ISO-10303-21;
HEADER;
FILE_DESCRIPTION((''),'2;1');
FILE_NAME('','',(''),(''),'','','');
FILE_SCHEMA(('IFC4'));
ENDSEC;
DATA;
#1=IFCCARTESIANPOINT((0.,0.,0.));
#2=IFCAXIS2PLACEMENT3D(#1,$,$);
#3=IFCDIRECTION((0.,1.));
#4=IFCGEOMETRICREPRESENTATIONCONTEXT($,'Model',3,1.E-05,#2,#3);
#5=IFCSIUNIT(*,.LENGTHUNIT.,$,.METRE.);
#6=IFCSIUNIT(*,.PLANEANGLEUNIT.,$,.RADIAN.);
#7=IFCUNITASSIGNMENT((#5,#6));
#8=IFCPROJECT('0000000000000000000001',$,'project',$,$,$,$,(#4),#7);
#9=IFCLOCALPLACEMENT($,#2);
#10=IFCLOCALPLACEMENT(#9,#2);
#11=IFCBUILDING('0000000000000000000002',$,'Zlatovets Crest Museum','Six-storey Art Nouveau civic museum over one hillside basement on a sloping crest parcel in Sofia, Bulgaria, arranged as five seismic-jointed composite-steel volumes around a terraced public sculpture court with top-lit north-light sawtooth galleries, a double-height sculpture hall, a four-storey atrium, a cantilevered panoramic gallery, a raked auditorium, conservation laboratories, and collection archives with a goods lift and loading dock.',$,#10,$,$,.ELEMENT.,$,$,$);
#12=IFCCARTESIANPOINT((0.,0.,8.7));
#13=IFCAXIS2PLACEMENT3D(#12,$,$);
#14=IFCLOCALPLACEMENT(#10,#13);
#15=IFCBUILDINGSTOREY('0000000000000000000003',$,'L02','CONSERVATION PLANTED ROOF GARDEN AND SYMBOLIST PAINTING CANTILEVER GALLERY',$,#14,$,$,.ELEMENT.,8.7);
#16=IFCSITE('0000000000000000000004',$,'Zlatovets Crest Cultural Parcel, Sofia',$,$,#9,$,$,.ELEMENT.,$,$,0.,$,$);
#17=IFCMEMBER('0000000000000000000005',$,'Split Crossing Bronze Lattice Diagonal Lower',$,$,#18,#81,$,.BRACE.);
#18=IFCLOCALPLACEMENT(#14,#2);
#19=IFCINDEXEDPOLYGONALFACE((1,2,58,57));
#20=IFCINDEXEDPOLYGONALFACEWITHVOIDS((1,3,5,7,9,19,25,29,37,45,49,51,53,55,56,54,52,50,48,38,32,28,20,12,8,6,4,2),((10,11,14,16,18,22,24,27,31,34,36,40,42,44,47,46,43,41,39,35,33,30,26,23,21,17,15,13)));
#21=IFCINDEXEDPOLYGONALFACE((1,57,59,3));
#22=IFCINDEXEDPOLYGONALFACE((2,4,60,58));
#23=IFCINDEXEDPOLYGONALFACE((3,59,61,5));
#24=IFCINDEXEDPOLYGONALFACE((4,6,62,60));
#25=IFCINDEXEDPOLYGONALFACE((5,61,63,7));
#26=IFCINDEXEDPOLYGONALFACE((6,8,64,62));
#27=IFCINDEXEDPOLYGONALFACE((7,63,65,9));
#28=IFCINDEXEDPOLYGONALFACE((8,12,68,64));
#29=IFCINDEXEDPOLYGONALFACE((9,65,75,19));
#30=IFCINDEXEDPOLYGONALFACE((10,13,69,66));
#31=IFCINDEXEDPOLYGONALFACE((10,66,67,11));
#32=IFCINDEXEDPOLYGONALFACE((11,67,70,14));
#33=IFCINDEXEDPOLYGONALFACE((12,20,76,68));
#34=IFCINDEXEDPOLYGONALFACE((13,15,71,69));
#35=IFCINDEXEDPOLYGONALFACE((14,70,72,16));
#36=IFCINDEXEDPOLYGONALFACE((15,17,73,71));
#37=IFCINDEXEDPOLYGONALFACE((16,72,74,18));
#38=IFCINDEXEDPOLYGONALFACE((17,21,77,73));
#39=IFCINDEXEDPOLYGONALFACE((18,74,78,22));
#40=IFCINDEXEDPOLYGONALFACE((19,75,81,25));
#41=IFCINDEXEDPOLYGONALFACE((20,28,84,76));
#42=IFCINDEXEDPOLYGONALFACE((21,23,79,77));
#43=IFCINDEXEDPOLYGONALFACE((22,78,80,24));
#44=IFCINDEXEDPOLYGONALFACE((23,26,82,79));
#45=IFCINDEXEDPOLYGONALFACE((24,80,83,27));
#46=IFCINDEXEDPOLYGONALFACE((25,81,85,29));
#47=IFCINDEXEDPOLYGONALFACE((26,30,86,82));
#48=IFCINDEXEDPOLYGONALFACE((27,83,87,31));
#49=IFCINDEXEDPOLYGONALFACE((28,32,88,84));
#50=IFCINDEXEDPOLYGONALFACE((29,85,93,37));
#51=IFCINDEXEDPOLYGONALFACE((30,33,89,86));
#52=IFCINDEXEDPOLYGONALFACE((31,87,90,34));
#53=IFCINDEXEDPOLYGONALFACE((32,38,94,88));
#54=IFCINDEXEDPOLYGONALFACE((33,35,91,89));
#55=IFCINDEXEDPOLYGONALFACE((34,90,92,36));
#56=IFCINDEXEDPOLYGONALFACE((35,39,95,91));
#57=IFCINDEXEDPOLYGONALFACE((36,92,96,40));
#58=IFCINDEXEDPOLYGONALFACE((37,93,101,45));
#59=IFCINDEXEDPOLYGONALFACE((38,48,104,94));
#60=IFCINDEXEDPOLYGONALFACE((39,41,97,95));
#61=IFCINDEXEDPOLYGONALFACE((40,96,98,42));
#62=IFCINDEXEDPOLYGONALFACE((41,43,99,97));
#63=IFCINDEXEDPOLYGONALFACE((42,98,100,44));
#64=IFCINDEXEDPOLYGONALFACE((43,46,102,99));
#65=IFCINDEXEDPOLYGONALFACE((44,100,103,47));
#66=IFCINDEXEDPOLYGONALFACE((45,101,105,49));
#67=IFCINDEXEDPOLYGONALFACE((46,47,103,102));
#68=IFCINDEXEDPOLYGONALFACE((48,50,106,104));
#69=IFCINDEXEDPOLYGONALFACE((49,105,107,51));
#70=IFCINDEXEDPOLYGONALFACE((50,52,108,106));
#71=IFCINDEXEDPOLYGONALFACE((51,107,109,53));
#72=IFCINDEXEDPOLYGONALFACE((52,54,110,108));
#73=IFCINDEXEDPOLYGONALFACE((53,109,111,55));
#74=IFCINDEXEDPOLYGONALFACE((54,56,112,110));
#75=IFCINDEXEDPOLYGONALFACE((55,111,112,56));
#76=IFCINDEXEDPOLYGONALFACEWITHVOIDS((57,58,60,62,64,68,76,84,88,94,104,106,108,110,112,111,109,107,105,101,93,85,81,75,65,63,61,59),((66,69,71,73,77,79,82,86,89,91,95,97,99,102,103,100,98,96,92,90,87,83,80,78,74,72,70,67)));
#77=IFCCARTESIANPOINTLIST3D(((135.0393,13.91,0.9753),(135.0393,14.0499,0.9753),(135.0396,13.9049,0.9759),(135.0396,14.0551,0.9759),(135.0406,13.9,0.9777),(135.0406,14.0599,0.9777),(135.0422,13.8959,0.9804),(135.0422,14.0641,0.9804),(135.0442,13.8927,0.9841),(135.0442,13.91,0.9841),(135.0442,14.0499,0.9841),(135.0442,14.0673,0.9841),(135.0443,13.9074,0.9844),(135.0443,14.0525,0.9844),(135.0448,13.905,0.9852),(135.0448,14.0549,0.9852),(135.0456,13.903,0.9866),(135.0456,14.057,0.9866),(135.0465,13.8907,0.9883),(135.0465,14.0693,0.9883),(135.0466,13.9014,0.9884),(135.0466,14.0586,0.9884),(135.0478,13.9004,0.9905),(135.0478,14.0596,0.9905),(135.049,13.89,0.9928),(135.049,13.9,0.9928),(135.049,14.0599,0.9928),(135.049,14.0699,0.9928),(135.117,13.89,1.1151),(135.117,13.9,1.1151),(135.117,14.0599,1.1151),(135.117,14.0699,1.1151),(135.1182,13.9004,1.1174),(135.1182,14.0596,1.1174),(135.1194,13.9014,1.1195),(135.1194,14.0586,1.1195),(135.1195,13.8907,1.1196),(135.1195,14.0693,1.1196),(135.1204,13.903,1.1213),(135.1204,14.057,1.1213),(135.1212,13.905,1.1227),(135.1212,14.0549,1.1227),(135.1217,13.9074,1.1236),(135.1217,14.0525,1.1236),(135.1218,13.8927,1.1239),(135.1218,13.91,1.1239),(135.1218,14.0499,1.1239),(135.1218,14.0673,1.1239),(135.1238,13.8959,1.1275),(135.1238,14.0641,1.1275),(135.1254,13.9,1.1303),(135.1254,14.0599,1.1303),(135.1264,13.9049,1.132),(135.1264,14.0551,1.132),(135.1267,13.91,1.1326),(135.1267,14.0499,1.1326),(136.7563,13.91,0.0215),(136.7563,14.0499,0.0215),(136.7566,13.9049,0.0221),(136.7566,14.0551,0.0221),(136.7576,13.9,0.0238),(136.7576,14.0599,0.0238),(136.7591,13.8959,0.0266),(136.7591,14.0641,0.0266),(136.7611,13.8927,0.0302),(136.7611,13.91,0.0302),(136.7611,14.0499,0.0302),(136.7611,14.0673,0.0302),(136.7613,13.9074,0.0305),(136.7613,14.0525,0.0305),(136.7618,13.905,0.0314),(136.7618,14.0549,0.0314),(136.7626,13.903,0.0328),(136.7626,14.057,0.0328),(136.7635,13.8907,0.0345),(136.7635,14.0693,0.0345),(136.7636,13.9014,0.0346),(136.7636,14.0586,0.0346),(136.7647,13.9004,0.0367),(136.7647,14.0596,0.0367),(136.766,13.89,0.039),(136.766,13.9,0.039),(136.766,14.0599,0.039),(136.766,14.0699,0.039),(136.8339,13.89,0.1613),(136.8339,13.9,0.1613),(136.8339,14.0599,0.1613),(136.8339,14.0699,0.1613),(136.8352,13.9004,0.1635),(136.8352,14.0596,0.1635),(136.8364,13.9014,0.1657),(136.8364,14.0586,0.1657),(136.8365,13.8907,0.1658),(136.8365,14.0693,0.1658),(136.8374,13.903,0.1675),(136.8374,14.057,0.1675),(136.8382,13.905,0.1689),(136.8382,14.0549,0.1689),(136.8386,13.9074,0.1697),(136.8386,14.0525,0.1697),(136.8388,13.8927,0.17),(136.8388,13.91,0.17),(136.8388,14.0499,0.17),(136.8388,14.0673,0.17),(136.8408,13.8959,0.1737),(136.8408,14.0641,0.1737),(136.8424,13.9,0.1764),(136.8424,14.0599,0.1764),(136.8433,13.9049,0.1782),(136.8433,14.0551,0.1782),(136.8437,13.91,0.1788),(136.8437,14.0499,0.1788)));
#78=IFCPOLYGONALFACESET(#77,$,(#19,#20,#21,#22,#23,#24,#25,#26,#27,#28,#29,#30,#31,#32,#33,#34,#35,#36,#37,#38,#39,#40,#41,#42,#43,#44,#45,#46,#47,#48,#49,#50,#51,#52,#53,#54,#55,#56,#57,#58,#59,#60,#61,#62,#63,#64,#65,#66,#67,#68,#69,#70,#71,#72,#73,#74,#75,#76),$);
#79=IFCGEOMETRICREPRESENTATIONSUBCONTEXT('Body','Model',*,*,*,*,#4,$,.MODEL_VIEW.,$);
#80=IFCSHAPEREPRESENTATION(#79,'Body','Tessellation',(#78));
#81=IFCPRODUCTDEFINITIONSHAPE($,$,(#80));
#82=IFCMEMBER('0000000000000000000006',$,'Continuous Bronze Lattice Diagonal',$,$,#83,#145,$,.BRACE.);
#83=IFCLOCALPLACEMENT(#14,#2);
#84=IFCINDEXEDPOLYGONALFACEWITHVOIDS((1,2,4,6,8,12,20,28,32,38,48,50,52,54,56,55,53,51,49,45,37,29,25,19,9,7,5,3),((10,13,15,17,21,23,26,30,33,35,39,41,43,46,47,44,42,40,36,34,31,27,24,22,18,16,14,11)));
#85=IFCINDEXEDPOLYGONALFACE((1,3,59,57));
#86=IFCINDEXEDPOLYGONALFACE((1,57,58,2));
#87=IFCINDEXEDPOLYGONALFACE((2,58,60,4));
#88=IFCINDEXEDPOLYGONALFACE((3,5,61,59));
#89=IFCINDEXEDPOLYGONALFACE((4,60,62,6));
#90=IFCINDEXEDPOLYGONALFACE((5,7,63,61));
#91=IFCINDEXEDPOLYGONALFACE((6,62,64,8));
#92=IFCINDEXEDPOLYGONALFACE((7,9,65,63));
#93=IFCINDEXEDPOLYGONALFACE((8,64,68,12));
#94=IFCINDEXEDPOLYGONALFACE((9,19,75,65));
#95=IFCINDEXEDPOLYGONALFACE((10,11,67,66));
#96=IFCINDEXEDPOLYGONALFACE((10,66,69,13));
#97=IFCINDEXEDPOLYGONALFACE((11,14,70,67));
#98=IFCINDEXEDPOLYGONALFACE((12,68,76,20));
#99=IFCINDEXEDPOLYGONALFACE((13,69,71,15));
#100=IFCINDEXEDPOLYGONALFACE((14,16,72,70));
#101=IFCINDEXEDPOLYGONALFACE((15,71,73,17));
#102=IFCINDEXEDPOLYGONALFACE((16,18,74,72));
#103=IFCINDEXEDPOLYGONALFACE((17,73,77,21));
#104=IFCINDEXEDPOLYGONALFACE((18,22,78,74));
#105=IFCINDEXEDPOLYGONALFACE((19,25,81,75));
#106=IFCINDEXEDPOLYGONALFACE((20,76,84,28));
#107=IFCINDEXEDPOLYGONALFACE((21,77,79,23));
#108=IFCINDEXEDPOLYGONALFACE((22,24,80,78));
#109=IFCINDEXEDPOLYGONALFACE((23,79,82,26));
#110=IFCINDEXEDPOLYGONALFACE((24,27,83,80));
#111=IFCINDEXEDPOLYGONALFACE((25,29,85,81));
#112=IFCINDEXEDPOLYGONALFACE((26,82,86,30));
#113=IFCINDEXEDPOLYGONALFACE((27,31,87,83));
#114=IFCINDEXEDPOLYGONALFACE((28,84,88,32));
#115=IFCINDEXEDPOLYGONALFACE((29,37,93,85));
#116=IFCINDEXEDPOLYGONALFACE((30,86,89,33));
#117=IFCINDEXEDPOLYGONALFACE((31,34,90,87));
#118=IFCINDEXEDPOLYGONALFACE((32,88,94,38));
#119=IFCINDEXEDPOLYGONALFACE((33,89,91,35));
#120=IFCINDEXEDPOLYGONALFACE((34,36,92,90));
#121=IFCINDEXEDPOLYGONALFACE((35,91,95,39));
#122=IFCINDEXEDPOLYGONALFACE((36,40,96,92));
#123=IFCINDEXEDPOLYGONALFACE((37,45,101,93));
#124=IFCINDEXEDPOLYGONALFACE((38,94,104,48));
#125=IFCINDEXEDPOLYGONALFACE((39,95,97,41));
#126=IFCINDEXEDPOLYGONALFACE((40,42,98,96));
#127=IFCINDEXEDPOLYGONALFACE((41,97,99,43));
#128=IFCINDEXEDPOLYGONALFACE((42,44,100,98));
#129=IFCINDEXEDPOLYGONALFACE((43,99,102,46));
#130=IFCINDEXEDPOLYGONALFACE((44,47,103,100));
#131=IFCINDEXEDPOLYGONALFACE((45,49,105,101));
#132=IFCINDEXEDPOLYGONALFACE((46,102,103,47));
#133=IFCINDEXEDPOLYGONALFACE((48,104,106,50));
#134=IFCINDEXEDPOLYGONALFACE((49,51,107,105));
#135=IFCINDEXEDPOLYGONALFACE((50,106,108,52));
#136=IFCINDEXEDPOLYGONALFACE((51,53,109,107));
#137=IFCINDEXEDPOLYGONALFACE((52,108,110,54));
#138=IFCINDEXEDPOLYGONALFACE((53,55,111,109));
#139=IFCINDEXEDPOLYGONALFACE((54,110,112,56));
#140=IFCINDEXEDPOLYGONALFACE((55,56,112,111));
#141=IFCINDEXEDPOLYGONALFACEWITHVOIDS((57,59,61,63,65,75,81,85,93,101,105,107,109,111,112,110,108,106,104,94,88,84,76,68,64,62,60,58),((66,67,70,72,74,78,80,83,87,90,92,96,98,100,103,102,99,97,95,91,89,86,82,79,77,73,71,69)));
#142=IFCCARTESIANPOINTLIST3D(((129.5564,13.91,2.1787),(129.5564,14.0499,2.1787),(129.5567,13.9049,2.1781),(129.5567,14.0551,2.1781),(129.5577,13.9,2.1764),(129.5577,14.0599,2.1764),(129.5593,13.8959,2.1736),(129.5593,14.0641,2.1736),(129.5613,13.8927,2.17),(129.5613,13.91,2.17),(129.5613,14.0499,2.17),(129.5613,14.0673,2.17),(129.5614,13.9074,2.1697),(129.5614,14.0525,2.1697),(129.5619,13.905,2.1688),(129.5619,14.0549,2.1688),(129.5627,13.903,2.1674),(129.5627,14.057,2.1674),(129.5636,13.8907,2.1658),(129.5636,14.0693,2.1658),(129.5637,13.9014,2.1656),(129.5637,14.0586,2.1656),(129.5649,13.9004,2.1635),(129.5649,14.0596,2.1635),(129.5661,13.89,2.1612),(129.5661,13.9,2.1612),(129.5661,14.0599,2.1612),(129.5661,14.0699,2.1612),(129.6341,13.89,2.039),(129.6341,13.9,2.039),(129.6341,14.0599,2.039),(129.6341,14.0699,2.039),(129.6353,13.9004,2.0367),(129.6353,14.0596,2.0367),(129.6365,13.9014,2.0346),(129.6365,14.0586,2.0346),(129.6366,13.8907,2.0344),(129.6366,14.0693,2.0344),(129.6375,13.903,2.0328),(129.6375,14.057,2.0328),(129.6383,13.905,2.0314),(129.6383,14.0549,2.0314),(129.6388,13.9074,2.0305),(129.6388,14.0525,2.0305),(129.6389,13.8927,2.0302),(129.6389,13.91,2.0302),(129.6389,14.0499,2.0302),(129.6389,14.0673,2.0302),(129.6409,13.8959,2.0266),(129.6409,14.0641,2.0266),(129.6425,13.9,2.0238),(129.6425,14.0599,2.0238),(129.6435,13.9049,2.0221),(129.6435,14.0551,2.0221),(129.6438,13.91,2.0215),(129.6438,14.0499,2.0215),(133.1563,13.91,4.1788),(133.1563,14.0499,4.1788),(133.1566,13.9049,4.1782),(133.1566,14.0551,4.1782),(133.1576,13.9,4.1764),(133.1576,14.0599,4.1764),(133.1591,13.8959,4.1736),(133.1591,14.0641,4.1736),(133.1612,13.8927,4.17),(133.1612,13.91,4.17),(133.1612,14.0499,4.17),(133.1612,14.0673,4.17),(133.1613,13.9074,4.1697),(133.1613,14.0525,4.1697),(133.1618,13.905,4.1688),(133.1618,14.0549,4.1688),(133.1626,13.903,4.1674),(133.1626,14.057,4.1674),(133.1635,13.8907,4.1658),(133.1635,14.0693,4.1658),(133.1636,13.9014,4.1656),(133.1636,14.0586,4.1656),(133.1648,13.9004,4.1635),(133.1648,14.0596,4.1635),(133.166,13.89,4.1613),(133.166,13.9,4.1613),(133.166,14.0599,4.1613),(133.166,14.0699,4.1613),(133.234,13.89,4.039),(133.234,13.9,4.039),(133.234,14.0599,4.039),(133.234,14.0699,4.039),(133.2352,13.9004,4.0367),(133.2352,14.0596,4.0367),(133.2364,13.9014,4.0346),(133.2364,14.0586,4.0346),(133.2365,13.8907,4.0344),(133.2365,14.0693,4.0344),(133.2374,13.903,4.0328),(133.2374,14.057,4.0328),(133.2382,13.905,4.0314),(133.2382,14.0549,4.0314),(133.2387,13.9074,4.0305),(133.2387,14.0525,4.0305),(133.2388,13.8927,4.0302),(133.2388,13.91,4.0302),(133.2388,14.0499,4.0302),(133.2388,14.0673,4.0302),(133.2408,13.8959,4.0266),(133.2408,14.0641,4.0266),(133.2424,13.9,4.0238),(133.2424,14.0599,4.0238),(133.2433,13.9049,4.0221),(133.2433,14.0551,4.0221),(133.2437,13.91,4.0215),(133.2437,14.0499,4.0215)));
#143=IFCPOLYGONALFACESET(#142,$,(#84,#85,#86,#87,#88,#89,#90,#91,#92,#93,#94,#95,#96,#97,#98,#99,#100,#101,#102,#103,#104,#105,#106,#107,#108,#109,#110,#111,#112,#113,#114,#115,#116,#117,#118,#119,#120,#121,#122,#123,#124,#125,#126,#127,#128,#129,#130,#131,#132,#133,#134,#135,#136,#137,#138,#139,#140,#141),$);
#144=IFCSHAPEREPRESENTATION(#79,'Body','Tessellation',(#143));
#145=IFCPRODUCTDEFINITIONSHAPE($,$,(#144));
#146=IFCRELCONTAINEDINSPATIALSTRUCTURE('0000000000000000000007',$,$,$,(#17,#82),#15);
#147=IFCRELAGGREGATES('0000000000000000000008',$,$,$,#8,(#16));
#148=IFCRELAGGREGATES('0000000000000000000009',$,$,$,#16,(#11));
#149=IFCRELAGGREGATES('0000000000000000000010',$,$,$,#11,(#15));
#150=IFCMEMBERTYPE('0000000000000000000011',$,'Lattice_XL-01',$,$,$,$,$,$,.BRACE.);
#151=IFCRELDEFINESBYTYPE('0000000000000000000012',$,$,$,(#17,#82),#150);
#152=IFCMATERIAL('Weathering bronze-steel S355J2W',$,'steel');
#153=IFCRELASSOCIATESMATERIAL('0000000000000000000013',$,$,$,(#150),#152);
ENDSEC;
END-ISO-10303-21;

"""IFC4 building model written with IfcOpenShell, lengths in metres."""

from ifc_helpers import new_model, si_unit, direction, frame, origin, origin_2d, place, context, subcontext, project, spatial, hollow_rectangle, extrude, material, material_profile, profile_set, type_object, element, save


model = new_model("IFC4")

# Units and contexts
model_context = context("Model", 3, precision=1e-05, world=origin(), true_north=direction((0.0, 1.0)))
body_context = subcontext(model_context, "Body", "Model", "MODEL_VIEW")
ifc_project = project(units=[si_unit("LENGTHUNIT", "METRE"), si_unit("PLANEANGLEUNIT", "RADIAN")], contexts=[model_context])

# Site, building, storey
site_placement = place(None, origin())
site = spatial("IfcSite", under=ifc_project, at=site_placement, Name="Zlatovets Crest Cultural Parcel, Sofia", CompositionType="ELEMENT", RefElevation=0.0)
building_placement = place(site_placement, origin())
building = spatial("IfcBuilding", under=site, at=building_placement, Name="Zlatovets Crest Museum", Description="Six-storey Art Nouveau civic museum over one hillside basement on a sloping crest parcel in Sofia, Bulgaria, arranged as five seismic-jointed composite-steel volumes around a terraced public sculpture court with top-lit north-light sawtooth galleries, a double-height sculpture hall, a four-storey atrium, a cantilevered panoramic gallery, a raked auditorium, conservation laboratories, and collection archives with a goods lift and loading dock.", CompositionType="ELEMENT")
storey_placement = place(building_placement, frame((0.0, 0.0, 8.7)))
storey = spatial("IfcBuildingStorey", under=building, at=storey_placement, Name="L02", Description="CONSERVATION PLANTED ROOF GARDEN AND SYMBOLIST PAINTING CANTILEVER GALLERY", CompositionType="ELEMENT", Elevation=8.7)

# Members
ifc_material_1 = material(Name="Weathering bronze-steel S355J2W", Category="steel")
ifc_material_profile_1 = material_profile(ifc_material_1, hollow_rectangle(XDim=0.1799, YDim=0.1799, WallThickness=0.01, InnerFilletRadius=0.01, OuterFilletRadius=0.02, at=origin_2d()), Name="SHS 180x180x10.0")
ifc_profile_set_1 = profile_set([ifc_material_profile_1], Name="Weathering bronze-steel S355J2W")
member_type_1 = type_object("IfcMemberType", Name="Lattice_XL-01", PredefinedType="BRACE", material=ifc_profile_set_1)
for number, where, z_axis, x_axis, name in (
    (1, (135.083, 13.98, 1.054), (0.874169, 0.0, -0.485622), (0.0, 1.0, 0.0), "Split Crossing Bronze Lattice Diagonal Lower"),
):
    element("IfcMember", number, at=place(storey_placement, frame(where, z_axis=z_axis, x_axis=x_axis)), inside=storey, type_object=member_type_1, Name=name, PredefinedType="BRACE", context=body_context, shape_type="SweptSolid", body=[
        extrude(hollow_rectangle(XDim=0.1799, YDim=0.1799, WallThickness=0.01, InnerFilletRadius=0.01, OuterFilletRadius=0.02, at=origin_2d()), origin(), (0.0, 0.0, 1.0), 1.9641),
    ])
member_1_placement = place(storey_placement, frame((129.6001, 13.98, 2.1001), z_axis=(0.874149, 0.0, 0.485658), x_axis=(0.0, 1.0, 0.0)))
element("IfcMember", 2, at=member_1_placement, inside=storey, type_object=member_type_1, Name="Continuous Bronze Lattice Diagonal", PredefinedType="BRACE", context=body_context, shape_type="SweptSolid", body=[
    extrude(hollow_rectangle(XDim=0.1799, YDim=0.1799, WallThickness=0.01, InnerFilletRadius=0.01, OuterFilletRadius=0.02, at=origin_2d()), origin(), (0.0, 0.0, 1.0), 4.1182),
])

save(model, "model.ifc")
